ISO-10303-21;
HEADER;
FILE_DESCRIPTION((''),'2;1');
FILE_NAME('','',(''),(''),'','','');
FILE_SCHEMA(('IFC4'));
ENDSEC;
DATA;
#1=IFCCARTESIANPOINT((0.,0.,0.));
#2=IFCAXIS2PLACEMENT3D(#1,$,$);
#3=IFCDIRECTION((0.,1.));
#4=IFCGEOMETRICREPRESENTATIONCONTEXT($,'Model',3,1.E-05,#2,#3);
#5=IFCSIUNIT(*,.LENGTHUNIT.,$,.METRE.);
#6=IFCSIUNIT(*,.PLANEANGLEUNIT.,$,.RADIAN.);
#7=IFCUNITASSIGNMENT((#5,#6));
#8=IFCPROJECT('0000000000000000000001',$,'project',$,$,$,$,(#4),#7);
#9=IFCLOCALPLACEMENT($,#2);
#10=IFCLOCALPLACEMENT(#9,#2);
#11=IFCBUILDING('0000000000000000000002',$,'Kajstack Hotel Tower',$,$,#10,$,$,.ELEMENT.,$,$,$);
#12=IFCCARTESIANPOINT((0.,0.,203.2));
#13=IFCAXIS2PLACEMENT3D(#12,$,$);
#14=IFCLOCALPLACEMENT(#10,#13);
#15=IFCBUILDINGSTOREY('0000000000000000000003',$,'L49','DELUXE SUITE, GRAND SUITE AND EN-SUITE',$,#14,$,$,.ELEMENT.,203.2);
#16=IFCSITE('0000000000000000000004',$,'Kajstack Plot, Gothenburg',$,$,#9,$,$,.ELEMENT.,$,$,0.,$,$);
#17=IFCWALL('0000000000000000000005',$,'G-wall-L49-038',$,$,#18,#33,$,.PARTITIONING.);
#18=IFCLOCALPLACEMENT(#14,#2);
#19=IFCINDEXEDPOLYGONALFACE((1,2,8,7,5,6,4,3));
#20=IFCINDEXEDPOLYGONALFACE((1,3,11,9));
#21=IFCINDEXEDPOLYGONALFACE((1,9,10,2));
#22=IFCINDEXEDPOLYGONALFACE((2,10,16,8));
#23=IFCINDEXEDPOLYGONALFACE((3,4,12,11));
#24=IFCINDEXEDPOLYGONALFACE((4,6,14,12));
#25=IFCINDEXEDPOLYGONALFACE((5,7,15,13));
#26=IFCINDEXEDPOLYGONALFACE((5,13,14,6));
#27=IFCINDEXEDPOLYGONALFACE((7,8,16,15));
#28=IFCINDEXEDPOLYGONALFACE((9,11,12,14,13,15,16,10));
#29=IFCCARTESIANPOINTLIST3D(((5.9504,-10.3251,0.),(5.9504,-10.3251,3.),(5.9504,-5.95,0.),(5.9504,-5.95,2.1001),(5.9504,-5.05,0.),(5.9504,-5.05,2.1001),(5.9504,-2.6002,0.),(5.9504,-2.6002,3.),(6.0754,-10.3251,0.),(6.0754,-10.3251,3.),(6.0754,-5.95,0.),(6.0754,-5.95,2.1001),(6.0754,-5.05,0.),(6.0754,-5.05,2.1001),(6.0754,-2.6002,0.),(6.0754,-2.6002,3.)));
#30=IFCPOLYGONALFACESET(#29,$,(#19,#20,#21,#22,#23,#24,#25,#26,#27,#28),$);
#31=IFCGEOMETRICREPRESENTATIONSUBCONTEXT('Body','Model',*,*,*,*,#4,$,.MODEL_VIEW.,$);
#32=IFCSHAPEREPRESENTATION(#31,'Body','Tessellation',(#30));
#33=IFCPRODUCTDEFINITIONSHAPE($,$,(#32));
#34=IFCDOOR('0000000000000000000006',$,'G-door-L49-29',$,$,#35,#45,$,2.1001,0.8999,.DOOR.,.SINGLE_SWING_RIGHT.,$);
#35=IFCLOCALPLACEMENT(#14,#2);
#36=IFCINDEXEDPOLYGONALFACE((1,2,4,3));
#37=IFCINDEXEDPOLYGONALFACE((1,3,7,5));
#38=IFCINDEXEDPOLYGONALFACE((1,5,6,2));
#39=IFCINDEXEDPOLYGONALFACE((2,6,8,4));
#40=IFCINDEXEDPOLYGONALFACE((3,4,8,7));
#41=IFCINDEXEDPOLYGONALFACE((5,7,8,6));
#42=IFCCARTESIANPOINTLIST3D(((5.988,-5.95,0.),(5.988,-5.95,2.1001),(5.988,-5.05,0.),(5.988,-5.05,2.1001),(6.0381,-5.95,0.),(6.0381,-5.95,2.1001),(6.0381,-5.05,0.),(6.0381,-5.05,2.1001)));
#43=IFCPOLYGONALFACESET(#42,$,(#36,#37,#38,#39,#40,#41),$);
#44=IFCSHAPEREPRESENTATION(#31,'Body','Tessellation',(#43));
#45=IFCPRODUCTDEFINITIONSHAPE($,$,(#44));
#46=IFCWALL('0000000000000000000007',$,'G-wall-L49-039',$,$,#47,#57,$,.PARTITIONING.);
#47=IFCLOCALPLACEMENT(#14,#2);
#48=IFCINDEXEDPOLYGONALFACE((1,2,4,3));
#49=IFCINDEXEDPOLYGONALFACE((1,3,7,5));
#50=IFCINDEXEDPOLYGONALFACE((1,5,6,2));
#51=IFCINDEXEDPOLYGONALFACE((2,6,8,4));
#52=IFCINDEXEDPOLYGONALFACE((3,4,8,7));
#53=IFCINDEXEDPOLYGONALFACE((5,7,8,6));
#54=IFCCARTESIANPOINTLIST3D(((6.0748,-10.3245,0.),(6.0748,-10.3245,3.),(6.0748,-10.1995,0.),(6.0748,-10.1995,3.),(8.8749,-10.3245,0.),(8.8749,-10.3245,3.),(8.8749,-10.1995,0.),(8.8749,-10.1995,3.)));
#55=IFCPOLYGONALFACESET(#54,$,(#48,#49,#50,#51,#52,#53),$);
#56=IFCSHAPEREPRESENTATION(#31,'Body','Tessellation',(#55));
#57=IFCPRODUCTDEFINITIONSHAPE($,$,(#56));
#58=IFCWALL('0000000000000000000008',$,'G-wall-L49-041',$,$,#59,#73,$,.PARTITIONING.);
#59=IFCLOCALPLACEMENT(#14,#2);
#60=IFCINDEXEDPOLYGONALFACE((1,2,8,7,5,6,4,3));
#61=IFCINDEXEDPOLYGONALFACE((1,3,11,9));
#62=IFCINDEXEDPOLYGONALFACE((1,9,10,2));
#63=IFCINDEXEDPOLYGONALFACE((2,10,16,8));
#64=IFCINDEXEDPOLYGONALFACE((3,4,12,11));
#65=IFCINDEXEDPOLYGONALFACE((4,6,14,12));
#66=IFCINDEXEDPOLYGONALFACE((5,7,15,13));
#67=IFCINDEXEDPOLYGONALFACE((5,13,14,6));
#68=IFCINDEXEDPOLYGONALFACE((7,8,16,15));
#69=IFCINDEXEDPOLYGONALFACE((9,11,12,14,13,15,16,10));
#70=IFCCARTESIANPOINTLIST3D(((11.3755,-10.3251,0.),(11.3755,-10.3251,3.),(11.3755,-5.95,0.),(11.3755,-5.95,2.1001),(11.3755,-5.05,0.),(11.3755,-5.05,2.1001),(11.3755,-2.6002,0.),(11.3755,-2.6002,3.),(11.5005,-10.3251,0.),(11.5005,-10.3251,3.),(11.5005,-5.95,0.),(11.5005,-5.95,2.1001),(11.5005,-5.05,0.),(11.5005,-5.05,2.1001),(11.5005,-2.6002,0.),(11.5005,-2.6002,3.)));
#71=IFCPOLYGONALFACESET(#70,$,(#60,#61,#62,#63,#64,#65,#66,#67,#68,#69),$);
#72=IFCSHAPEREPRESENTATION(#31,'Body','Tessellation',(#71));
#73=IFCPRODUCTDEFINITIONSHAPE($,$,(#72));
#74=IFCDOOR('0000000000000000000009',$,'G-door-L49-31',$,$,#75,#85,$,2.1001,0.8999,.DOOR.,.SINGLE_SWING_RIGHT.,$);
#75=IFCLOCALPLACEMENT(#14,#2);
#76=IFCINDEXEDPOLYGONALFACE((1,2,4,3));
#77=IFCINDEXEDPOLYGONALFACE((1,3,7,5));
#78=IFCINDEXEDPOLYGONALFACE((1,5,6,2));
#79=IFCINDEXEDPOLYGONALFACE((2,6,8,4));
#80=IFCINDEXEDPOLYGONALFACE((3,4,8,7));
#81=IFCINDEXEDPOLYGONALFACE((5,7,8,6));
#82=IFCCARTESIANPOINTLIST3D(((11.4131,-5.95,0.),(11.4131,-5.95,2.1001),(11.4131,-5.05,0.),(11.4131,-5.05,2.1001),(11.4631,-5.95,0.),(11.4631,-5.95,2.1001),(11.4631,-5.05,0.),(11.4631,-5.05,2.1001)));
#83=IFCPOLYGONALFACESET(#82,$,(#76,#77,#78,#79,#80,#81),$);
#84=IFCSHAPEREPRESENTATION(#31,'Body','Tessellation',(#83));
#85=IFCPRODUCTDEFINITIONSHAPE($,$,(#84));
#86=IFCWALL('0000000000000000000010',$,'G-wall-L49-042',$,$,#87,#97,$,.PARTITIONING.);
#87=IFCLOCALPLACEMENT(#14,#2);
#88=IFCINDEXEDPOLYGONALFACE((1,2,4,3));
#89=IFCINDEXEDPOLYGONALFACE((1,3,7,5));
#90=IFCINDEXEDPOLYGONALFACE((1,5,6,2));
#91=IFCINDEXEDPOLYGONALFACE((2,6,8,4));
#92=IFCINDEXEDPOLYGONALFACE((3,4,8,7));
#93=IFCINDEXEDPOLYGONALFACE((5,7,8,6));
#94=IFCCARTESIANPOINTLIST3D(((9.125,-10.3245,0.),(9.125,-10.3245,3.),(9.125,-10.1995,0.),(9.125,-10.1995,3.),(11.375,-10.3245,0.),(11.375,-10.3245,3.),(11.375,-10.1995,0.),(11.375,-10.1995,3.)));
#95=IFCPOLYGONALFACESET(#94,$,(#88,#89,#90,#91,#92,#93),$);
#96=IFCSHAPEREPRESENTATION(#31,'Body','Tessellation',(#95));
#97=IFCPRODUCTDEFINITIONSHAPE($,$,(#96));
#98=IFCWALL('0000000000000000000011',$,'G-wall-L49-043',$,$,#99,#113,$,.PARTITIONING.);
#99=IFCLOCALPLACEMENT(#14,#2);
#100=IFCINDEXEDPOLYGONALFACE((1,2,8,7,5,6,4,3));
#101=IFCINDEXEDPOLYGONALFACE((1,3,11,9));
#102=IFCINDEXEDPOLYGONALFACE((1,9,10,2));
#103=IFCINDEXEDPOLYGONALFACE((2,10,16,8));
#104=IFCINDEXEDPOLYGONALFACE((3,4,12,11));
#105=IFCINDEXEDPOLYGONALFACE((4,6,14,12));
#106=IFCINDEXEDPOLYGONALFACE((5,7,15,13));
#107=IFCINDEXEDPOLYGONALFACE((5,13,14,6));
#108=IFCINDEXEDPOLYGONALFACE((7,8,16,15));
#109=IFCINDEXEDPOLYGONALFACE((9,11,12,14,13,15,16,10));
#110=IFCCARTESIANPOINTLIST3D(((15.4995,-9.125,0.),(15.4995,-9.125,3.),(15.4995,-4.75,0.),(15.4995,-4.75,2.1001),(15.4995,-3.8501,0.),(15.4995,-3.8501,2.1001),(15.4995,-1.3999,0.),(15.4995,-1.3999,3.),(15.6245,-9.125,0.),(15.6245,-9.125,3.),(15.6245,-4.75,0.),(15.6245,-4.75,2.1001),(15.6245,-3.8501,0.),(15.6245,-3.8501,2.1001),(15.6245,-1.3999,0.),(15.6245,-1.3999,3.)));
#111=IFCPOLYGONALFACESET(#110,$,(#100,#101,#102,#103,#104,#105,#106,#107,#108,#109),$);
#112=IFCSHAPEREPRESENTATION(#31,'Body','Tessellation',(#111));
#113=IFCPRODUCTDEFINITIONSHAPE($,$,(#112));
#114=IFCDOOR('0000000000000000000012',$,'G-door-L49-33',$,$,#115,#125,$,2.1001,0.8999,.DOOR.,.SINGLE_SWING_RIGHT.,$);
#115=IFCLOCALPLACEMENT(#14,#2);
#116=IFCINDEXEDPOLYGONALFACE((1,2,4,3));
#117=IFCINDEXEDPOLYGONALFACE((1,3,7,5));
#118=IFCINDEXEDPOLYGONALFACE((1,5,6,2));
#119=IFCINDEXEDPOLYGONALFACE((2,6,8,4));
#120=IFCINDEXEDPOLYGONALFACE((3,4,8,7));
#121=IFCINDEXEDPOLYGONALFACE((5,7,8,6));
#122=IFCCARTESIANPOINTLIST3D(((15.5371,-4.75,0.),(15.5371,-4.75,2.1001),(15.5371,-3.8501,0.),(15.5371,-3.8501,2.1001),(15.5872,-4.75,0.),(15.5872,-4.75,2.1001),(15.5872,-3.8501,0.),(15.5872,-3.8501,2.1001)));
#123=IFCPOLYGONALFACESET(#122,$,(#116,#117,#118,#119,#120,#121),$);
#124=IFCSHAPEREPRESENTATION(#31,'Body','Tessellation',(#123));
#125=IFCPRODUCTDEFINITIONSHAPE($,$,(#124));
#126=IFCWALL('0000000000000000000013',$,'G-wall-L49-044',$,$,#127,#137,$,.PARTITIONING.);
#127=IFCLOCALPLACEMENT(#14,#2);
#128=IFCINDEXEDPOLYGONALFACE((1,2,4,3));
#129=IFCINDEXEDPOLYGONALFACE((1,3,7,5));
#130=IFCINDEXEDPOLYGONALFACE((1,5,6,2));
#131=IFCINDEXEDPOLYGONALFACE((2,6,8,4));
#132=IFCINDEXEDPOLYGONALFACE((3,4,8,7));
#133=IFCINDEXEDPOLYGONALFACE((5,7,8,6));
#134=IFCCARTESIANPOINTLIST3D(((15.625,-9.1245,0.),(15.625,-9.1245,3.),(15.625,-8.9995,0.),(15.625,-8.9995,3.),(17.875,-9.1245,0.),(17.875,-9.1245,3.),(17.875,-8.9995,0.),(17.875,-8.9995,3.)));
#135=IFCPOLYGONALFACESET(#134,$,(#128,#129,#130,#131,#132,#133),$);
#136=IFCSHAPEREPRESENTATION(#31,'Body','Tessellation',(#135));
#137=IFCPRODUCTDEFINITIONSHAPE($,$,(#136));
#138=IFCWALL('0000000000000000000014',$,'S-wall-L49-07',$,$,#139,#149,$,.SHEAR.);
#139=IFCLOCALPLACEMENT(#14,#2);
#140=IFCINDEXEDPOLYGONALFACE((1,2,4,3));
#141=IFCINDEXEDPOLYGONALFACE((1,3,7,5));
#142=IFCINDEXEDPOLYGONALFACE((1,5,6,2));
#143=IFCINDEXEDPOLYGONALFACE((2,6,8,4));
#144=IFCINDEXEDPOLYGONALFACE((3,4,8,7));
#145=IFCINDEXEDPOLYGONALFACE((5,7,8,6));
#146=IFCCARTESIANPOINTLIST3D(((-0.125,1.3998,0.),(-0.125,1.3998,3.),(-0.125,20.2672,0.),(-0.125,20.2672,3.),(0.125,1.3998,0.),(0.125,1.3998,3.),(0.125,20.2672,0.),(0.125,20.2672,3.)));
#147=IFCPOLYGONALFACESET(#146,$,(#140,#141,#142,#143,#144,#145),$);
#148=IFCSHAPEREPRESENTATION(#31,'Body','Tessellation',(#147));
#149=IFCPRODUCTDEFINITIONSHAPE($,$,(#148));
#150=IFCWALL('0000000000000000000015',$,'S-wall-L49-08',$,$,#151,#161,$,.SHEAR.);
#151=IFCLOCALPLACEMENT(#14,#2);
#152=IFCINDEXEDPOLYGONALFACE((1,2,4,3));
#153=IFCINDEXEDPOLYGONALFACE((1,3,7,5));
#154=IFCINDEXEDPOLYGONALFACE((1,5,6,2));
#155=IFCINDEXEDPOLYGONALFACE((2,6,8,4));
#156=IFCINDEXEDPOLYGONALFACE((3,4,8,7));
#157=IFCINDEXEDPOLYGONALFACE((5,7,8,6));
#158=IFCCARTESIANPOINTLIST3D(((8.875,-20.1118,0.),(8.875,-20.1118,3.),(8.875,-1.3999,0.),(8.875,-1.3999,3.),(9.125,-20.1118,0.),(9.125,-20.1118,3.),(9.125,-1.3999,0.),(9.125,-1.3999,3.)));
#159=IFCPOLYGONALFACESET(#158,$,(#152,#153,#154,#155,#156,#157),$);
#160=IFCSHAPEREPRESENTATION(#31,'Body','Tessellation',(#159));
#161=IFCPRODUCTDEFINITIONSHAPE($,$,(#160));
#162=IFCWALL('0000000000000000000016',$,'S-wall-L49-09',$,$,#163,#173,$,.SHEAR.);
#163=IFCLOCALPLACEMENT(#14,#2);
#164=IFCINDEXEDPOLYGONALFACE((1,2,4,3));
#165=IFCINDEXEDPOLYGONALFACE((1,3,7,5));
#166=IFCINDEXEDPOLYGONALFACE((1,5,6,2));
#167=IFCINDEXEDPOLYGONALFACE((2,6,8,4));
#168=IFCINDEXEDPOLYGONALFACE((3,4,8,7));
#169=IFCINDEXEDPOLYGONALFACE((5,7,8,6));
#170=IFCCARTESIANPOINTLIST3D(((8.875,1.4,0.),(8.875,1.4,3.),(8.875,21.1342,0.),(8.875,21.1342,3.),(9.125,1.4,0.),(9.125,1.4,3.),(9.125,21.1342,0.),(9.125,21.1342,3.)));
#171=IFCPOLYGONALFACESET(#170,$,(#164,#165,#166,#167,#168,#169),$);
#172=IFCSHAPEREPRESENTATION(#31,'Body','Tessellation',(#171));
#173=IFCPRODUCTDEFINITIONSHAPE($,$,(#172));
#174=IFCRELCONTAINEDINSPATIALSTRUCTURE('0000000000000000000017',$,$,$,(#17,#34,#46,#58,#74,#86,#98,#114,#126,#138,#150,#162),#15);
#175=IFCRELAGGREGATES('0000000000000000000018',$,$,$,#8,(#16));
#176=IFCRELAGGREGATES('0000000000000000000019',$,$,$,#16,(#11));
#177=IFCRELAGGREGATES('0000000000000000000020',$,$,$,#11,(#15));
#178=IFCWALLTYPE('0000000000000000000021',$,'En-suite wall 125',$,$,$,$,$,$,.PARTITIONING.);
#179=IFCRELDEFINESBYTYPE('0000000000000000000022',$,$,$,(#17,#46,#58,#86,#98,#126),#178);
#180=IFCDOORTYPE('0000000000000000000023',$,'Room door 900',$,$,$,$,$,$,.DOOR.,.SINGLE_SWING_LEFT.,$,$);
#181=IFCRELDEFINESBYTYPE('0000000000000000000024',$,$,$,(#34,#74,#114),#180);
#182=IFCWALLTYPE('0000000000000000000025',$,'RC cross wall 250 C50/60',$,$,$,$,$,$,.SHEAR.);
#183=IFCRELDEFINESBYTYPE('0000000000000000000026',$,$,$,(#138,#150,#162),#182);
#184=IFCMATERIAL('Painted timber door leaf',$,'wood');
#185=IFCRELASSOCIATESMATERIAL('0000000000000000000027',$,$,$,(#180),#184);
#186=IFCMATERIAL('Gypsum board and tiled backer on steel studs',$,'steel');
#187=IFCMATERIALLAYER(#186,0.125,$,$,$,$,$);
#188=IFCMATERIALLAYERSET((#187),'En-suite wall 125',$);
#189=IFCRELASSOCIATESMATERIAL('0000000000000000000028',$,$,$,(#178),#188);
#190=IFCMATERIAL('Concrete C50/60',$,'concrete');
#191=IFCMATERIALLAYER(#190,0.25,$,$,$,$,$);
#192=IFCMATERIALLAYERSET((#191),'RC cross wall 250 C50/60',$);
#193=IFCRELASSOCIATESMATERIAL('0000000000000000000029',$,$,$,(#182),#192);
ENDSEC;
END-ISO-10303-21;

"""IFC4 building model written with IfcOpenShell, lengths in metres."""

from ifc_helpers import new_model, si_unit, direction, frame, frame_2d, origin, place, context, subcontext, project, spatial, rectangle, extrude, material, layer, layer_set, type_object, element, fill, save


model = new_model("IFC4")

# Units and contexts
model_context = context("Model", 3, precision=1e-05, world=origin(), true_north=direction((0.0, 1.0)))
body_context = subcontext(model_context, "Body", "Model", "MODEL_VIEW")
ifc_project = project(units=[si_unit("LENGTHUNIT", "METRE"), si_unit("PLANEANGLEUNIT", "RADIAN")], contexts=[model_context])

# Site, building, storey
site_placement = place(None, origin())
site = spatial("IfcSite", under=ifc_project, at=site_placement, Name="Kajstack Plot, Gothenburg", CompositionType="ELEMENT", RefElevation=0.0)
building_placement = place(site_placement, origin())
building = spatial("IfcBuilding", under=site, at=building_placement, Name="Kajstack Hotel Tower", CompositionType="ELEMENT")
storey_placement = place(building_placement, frame((0.0, 0.0, 203.2)))
storey = spatial("IfcBuildingStorey", under=building, at=storey_placement, Name="L49", Description="DELUXE SUITE, GRAND SUITE AND EN-SUITE", CompositionType="ELEMENT", Elevation=203.2)

# Shared definitions
ifc_material_1 = material(Name="Painted timber door leaf", Category="wood")
door_type_1 = type_object("IfcDoorType", Name="Room door 900", OperationType="SINGLE_SWING_LEFT", PredefinedType="DOOR", material=ifc_material_1)

# Wall, opening, door
ifc_material_2 = material(Name="Gypsum board and tiled backer on steel studs", Category="steel")
ifc_layer_1 = layer(ifc_material_2, 0.125)
ifc_layer_set_1 = layer_set([ifc_layer_1], Name="En-suite wall 125")
wall_type_1 = type_object("IfcWallType", Name="En-suite wall 125", PredefinedType="PARTITIONING", material=ifc_layer_set_1)
wall_1_placement = place(storey_placement, frame((6.0129, -10.325, 0.0), z_axis=(0.0, 0.0, 1.0), x_axis=(0.0, 1.0, 0.0)))
wall_1 = element("IfcWall", 1, at=wall_1_placement, inside=storey, type_object=wall_type_1, Name="G-wall-L49-038", PredefinedType="PARTITIONING", context=body_context, shape_type="SweptSolid", body=[
    extrude(rectangle(XDim=7.7249, YDim=0.125, at=frame_2d((3.8623, 0.0))), origin(), (0.0, 0.0, 1.0), 3.0),
])
opening_1_placement = place(wall_1_placement, frame((4.375, 0.0, 0.0)))
opening_1 = element("IfcOpeningElement", 2, at=opening_1_placement, cuts=wall_1, PredefinedType="OPENING", context=body_context, shape_type="SweptSolid", body=[
    extrude(rectangle(XDim=0.8999, YDim=2.1001, at=frame_2d((0.45, 1.05))), frame((0.0, 0.0725, 0.0), z_axis=(0.0, -1.0, 0.0), x_axis=(1.0, 0.0, 0.0)), (0.0, 0.0, 1.0), 0.145),
])
door_1_placement = place(opening_1_placement, origin())
door_1 = element("IfcDoor", 3, at=door_1_placement, inside=storey, type_object=door_type_1, Name="G-door-L49-29", OperationType="SINGLE_SWING_RIGHT", OverallHeight=2.1001, OverallWidth=0.8999, PredefinedType="DOOR", context=body_context, shape_type="SweptSolid", body=[
    extrude(rectangle(XDim=0.8999, YDim=2.1001, at=frame_2d((0.45, 1.05))), frame((0.0, 0.0249, 0.0), z_axis=(0.0, -1.0, 0.0), x_axis=(1.0, 0.0, 0.0)), (0.0, 0.0, 1.0), 0.05),
])
fill(opening_1, door_1)

# Wall
wall_2_placement = place(storey_placement, frame((6.075, -10.262, 0.0), z_axis=(0.0, 0.0, 1.0), x_axis=(1.0, 0.0, 0.0)))
element("IfcWall", 4, at=wall_2_placement, inside=storey, type_object=wall_type_1, Name="G-wall-L49-039", PredefinedType="PARTITIONING", context=body_context, shape_type="SweptSolid", body=[
    extrude(rectangle(XDim=2.8, YDim=0.125, at=frame_2d((1.3999, 0.0))), origin(), (0.0, 0.0, 1.0), 3.0),
])

# Wall, opening, door
wall_3_placement = place(storey_placement, frame((11.438, -10.325, 0.0), z_axis=(0.0, 0.0, 1.0), x_axis=(0.0, 1.0, 0.0)))
wall_3 = element("IfcWall", 5, at=wall_3_placement, inside=storey, type_object=wall_type_1, Name="G-wall-L49-041", PredefinedType="PARTITIONING", context=body_context, shape_type="SweptSolid", body=[
    extrude(rectangle(XDim=7.7249, YDim=0.125, at=frame_2d((3.8623, 0.0))), origin(), (0.0, 0.0, 1.0), 3.0),
])
opening_2_placement = place(wall_3_placement, frame((4.375, 0.0, 0.0)))
opening_2 = element("IfcOpeningElement", 6, at=opening_2_placement, cuts=wall_3, PredefinedType="OPENING", context=body_context, shape_type="SweptSolid", body=[
    extrude(rectangle(XDim=0.8999, YDim=2.1001, at=frame_2d((0.45, 1.05))), frame((0.0, 0.0725, 0.0), z_axis=(0.0, -1.0, 0.0), x_axis=(1.0, 0.0, 0.0)), (0.0, 0.0, 1.0), 0.145),
])
door_2_placement = place(opening_2_placement, origin())
door_2 = element("IfcDoor", 7, at=door_2_placement, inside=storey, type_object=door_type_1, Name="G-door-L49-31", OperationType="SINGLE_SWING_RIGHT", OverallHeight=2.1001, OverallWidth=0.8999, PredefinedType="DOOR", context=body_context, shape_type="SweptSolid", body=[
    extrude(rectangle(XDim=0.8999, YDim=2.1001, at=frame_2d((0.45, 1.05))), frame((0.0, 0.0249, 0.0), z_axis=(0.0, -1.0, 0.0), x_axis=(1.0, 0.0, 0.0)), (0.0, 0.0, 1.0), 0.05),
])
fill(opening_2, door_2)

# Wall
wall_4_placement = place(storey_placement, frame((9.125, -10.262, 0.0), z_axis=(0.0, 0.0, 1.0), x_axis=(1.0, 0.0, 0.0)))
element("IfcWall", 8, at=wall_4_placement, inside=storey, type_object=wall_type_1, Name="G-wall-L49-042", PredefinedType="PARTITIONING", context=body_context, shape_type="SweptSolid", body=[
    extrude(rectangle(XDim=2.25, YDim=0.125, at=frame_2d((1.125, 0.0))), origin(), (0.0, 0.0, 1.0), 3.0),
])

# Wall, opening, door
wall_5_placement = place(storey_placement, frame((15.562, -9.125, 0.0), z_axis=(0.0, 0.0, 1.0), x_axis=(0.0, 1.0, 0.0)))
wall_5 = element("IfcWall", 9, at=wall_5_placement, inside=storey, type_object=wall_type_1, Name="G-wall-L49-043", PredefinedType="PARTITIONING", context=body_context, shape_type="SweptSolid", body=[
    extrude(rectangle(XDim=7.7251, YDim=0.125, at=frame_2d((3.8625, 0.0))), origin(), (0.0, 0.0, 1.0), 3.0),
])
opening_3_placement = place(wall_5_placement, frame((4.375, 0.0, 0.0)))
opening_3 = element("IfcOpeningElement", 10, at=opening_3_placement, cuts=wall_5, PredefinedType="OPENING", context=body_context, shape_type="SweptSolid", body=[
    extrude(rectangle(XDim=0.8999, YDim=2.1001, at=frame_2d((0.45, 1.05))), frame((0.0, 0.0725, 0.0), z_axis=(0.0, -1.0, 0.0), x_axis=(1.0, 0.0, 0.0)), (0.0, 0.0, 1.0), 0.145),
])
door_3_placement = place(opening_3_placement, origin())
door_3 = element("IfcDoor", 11, at=door_3_placement, inside=storey, type_object=door_type_1, Name="G-door-L49-33", OperationType="SINGLE_SWING_RIGHT", OverallHeight=2.1001, OverallWidth=0.8999, PredefinedType="DOOR", context=body_context, shape_type="SweptSolid", body=[
    extrude(rectangle(XDim=0.8999, YDim=2.1001, at=frame_2d((0.45, 1.05))), frame((0.0, 0.0249, 0.0), z_axis=(0.0, -1.0, 0.0), x_axis=(1.0, 0.0, 0.0)), (0.0, 0.0, 1.0), 0.05),
])
fill(opening_3, door_3)

# Walls
wall_6_placement = place(storey_placement, frame((15.625, -9.062, 0.0), z_axis=(0.0, 0.0, 1.0), x_axis=(1.0, 0.0, 0.0)))
element("IfcWall", 12, at=wall_6_placement, inside=storey, type_object=wall_type_1, Name="G-wall-L49-044", PredefinedType="PARTITIONING", context=body_context, shape_type="SweptSolid", body=[
    extrude(rectangle(XDim=2.25, YDim=0.125, at=frame_2d((1.125, 0.0))), origin(), (0.0, 0.0, 1.0), 3.0),
])
ifc_material_3 = material(Name="Concrete C50/60", Category="concrete")
ifc_layer_2 = layer(ifc_material_3, 0.25)
ifc_layer_set_2 = layer_set([ifc_layer_2], Name="RC cross wall 250 C50/60")
wall_type_2 = type_object("IfcWallType", Name="RC cross wall 250 C50/60", PredefinedType="SHEAR", material=ifc_layer_set_2)
wall_7_placement = place(storey_placement, frame((0.0, 1.3999, 0.0), z_axis=(0.0, 0.0, 1.0), x_axis=(0.0, 1.0, 0.0)))
element("IfcWall", 13, at=wall_7_placement, inside=storey, type_object=wall_type_2, Name="S-wall-L49-07", PredefinedType="SHEAR", context=body_context, shape_type="SweptSolid", body=[
    extrude(rectangle(XDim=18.8674, YDim=0.25, at=frame_2d((9.4336, 0.0))), origin(), (0.0, 0.0, 1.0), 3.0),
])
wall_8_placement = place(storey_placement, frame((9.0, -20.1118, 0.0), z_axis=(0.0, 0.0, 1.0), x_axis=(0.0, 1.0, 0.0)))
element("IfcWall", 14, at=wall_8_placement, inside=storey, type_object=wall_type_2, Name="S-wall-L49-08", PredefinedType="SHEAR", context=body_context, shape_type="SweptSolid", body=[
    extrude(rectangle(XDim=18.7119, YDim=0.25, at=frame_2d((9.356, 0.0))), origin(), (0.0, 0.0, 1.0), 3.0),
])
wall_9_placement = place(storey_placement, frame((9.0, 1.3999, 0.0), z_axis=(0.0, 0.0, 1.0), x_axis=(0.0, 1.0, 0.0)))
element("IfcWall", 15, at=wall_9_placement, inside=storey, type_object=wall_type_2, Name="S-wall-L49-09", PredefinedType="SHEAR", context=body_context, shape_type="SweptSolid", body=[
    extrude(rectangle(XDim=19.7341, YDim=0.25, at=frame_2d((9.8672, 0.0))), origin(), (0.0, 0.0, 1.0), 3.0),
])

save(model, "model.ifc")
